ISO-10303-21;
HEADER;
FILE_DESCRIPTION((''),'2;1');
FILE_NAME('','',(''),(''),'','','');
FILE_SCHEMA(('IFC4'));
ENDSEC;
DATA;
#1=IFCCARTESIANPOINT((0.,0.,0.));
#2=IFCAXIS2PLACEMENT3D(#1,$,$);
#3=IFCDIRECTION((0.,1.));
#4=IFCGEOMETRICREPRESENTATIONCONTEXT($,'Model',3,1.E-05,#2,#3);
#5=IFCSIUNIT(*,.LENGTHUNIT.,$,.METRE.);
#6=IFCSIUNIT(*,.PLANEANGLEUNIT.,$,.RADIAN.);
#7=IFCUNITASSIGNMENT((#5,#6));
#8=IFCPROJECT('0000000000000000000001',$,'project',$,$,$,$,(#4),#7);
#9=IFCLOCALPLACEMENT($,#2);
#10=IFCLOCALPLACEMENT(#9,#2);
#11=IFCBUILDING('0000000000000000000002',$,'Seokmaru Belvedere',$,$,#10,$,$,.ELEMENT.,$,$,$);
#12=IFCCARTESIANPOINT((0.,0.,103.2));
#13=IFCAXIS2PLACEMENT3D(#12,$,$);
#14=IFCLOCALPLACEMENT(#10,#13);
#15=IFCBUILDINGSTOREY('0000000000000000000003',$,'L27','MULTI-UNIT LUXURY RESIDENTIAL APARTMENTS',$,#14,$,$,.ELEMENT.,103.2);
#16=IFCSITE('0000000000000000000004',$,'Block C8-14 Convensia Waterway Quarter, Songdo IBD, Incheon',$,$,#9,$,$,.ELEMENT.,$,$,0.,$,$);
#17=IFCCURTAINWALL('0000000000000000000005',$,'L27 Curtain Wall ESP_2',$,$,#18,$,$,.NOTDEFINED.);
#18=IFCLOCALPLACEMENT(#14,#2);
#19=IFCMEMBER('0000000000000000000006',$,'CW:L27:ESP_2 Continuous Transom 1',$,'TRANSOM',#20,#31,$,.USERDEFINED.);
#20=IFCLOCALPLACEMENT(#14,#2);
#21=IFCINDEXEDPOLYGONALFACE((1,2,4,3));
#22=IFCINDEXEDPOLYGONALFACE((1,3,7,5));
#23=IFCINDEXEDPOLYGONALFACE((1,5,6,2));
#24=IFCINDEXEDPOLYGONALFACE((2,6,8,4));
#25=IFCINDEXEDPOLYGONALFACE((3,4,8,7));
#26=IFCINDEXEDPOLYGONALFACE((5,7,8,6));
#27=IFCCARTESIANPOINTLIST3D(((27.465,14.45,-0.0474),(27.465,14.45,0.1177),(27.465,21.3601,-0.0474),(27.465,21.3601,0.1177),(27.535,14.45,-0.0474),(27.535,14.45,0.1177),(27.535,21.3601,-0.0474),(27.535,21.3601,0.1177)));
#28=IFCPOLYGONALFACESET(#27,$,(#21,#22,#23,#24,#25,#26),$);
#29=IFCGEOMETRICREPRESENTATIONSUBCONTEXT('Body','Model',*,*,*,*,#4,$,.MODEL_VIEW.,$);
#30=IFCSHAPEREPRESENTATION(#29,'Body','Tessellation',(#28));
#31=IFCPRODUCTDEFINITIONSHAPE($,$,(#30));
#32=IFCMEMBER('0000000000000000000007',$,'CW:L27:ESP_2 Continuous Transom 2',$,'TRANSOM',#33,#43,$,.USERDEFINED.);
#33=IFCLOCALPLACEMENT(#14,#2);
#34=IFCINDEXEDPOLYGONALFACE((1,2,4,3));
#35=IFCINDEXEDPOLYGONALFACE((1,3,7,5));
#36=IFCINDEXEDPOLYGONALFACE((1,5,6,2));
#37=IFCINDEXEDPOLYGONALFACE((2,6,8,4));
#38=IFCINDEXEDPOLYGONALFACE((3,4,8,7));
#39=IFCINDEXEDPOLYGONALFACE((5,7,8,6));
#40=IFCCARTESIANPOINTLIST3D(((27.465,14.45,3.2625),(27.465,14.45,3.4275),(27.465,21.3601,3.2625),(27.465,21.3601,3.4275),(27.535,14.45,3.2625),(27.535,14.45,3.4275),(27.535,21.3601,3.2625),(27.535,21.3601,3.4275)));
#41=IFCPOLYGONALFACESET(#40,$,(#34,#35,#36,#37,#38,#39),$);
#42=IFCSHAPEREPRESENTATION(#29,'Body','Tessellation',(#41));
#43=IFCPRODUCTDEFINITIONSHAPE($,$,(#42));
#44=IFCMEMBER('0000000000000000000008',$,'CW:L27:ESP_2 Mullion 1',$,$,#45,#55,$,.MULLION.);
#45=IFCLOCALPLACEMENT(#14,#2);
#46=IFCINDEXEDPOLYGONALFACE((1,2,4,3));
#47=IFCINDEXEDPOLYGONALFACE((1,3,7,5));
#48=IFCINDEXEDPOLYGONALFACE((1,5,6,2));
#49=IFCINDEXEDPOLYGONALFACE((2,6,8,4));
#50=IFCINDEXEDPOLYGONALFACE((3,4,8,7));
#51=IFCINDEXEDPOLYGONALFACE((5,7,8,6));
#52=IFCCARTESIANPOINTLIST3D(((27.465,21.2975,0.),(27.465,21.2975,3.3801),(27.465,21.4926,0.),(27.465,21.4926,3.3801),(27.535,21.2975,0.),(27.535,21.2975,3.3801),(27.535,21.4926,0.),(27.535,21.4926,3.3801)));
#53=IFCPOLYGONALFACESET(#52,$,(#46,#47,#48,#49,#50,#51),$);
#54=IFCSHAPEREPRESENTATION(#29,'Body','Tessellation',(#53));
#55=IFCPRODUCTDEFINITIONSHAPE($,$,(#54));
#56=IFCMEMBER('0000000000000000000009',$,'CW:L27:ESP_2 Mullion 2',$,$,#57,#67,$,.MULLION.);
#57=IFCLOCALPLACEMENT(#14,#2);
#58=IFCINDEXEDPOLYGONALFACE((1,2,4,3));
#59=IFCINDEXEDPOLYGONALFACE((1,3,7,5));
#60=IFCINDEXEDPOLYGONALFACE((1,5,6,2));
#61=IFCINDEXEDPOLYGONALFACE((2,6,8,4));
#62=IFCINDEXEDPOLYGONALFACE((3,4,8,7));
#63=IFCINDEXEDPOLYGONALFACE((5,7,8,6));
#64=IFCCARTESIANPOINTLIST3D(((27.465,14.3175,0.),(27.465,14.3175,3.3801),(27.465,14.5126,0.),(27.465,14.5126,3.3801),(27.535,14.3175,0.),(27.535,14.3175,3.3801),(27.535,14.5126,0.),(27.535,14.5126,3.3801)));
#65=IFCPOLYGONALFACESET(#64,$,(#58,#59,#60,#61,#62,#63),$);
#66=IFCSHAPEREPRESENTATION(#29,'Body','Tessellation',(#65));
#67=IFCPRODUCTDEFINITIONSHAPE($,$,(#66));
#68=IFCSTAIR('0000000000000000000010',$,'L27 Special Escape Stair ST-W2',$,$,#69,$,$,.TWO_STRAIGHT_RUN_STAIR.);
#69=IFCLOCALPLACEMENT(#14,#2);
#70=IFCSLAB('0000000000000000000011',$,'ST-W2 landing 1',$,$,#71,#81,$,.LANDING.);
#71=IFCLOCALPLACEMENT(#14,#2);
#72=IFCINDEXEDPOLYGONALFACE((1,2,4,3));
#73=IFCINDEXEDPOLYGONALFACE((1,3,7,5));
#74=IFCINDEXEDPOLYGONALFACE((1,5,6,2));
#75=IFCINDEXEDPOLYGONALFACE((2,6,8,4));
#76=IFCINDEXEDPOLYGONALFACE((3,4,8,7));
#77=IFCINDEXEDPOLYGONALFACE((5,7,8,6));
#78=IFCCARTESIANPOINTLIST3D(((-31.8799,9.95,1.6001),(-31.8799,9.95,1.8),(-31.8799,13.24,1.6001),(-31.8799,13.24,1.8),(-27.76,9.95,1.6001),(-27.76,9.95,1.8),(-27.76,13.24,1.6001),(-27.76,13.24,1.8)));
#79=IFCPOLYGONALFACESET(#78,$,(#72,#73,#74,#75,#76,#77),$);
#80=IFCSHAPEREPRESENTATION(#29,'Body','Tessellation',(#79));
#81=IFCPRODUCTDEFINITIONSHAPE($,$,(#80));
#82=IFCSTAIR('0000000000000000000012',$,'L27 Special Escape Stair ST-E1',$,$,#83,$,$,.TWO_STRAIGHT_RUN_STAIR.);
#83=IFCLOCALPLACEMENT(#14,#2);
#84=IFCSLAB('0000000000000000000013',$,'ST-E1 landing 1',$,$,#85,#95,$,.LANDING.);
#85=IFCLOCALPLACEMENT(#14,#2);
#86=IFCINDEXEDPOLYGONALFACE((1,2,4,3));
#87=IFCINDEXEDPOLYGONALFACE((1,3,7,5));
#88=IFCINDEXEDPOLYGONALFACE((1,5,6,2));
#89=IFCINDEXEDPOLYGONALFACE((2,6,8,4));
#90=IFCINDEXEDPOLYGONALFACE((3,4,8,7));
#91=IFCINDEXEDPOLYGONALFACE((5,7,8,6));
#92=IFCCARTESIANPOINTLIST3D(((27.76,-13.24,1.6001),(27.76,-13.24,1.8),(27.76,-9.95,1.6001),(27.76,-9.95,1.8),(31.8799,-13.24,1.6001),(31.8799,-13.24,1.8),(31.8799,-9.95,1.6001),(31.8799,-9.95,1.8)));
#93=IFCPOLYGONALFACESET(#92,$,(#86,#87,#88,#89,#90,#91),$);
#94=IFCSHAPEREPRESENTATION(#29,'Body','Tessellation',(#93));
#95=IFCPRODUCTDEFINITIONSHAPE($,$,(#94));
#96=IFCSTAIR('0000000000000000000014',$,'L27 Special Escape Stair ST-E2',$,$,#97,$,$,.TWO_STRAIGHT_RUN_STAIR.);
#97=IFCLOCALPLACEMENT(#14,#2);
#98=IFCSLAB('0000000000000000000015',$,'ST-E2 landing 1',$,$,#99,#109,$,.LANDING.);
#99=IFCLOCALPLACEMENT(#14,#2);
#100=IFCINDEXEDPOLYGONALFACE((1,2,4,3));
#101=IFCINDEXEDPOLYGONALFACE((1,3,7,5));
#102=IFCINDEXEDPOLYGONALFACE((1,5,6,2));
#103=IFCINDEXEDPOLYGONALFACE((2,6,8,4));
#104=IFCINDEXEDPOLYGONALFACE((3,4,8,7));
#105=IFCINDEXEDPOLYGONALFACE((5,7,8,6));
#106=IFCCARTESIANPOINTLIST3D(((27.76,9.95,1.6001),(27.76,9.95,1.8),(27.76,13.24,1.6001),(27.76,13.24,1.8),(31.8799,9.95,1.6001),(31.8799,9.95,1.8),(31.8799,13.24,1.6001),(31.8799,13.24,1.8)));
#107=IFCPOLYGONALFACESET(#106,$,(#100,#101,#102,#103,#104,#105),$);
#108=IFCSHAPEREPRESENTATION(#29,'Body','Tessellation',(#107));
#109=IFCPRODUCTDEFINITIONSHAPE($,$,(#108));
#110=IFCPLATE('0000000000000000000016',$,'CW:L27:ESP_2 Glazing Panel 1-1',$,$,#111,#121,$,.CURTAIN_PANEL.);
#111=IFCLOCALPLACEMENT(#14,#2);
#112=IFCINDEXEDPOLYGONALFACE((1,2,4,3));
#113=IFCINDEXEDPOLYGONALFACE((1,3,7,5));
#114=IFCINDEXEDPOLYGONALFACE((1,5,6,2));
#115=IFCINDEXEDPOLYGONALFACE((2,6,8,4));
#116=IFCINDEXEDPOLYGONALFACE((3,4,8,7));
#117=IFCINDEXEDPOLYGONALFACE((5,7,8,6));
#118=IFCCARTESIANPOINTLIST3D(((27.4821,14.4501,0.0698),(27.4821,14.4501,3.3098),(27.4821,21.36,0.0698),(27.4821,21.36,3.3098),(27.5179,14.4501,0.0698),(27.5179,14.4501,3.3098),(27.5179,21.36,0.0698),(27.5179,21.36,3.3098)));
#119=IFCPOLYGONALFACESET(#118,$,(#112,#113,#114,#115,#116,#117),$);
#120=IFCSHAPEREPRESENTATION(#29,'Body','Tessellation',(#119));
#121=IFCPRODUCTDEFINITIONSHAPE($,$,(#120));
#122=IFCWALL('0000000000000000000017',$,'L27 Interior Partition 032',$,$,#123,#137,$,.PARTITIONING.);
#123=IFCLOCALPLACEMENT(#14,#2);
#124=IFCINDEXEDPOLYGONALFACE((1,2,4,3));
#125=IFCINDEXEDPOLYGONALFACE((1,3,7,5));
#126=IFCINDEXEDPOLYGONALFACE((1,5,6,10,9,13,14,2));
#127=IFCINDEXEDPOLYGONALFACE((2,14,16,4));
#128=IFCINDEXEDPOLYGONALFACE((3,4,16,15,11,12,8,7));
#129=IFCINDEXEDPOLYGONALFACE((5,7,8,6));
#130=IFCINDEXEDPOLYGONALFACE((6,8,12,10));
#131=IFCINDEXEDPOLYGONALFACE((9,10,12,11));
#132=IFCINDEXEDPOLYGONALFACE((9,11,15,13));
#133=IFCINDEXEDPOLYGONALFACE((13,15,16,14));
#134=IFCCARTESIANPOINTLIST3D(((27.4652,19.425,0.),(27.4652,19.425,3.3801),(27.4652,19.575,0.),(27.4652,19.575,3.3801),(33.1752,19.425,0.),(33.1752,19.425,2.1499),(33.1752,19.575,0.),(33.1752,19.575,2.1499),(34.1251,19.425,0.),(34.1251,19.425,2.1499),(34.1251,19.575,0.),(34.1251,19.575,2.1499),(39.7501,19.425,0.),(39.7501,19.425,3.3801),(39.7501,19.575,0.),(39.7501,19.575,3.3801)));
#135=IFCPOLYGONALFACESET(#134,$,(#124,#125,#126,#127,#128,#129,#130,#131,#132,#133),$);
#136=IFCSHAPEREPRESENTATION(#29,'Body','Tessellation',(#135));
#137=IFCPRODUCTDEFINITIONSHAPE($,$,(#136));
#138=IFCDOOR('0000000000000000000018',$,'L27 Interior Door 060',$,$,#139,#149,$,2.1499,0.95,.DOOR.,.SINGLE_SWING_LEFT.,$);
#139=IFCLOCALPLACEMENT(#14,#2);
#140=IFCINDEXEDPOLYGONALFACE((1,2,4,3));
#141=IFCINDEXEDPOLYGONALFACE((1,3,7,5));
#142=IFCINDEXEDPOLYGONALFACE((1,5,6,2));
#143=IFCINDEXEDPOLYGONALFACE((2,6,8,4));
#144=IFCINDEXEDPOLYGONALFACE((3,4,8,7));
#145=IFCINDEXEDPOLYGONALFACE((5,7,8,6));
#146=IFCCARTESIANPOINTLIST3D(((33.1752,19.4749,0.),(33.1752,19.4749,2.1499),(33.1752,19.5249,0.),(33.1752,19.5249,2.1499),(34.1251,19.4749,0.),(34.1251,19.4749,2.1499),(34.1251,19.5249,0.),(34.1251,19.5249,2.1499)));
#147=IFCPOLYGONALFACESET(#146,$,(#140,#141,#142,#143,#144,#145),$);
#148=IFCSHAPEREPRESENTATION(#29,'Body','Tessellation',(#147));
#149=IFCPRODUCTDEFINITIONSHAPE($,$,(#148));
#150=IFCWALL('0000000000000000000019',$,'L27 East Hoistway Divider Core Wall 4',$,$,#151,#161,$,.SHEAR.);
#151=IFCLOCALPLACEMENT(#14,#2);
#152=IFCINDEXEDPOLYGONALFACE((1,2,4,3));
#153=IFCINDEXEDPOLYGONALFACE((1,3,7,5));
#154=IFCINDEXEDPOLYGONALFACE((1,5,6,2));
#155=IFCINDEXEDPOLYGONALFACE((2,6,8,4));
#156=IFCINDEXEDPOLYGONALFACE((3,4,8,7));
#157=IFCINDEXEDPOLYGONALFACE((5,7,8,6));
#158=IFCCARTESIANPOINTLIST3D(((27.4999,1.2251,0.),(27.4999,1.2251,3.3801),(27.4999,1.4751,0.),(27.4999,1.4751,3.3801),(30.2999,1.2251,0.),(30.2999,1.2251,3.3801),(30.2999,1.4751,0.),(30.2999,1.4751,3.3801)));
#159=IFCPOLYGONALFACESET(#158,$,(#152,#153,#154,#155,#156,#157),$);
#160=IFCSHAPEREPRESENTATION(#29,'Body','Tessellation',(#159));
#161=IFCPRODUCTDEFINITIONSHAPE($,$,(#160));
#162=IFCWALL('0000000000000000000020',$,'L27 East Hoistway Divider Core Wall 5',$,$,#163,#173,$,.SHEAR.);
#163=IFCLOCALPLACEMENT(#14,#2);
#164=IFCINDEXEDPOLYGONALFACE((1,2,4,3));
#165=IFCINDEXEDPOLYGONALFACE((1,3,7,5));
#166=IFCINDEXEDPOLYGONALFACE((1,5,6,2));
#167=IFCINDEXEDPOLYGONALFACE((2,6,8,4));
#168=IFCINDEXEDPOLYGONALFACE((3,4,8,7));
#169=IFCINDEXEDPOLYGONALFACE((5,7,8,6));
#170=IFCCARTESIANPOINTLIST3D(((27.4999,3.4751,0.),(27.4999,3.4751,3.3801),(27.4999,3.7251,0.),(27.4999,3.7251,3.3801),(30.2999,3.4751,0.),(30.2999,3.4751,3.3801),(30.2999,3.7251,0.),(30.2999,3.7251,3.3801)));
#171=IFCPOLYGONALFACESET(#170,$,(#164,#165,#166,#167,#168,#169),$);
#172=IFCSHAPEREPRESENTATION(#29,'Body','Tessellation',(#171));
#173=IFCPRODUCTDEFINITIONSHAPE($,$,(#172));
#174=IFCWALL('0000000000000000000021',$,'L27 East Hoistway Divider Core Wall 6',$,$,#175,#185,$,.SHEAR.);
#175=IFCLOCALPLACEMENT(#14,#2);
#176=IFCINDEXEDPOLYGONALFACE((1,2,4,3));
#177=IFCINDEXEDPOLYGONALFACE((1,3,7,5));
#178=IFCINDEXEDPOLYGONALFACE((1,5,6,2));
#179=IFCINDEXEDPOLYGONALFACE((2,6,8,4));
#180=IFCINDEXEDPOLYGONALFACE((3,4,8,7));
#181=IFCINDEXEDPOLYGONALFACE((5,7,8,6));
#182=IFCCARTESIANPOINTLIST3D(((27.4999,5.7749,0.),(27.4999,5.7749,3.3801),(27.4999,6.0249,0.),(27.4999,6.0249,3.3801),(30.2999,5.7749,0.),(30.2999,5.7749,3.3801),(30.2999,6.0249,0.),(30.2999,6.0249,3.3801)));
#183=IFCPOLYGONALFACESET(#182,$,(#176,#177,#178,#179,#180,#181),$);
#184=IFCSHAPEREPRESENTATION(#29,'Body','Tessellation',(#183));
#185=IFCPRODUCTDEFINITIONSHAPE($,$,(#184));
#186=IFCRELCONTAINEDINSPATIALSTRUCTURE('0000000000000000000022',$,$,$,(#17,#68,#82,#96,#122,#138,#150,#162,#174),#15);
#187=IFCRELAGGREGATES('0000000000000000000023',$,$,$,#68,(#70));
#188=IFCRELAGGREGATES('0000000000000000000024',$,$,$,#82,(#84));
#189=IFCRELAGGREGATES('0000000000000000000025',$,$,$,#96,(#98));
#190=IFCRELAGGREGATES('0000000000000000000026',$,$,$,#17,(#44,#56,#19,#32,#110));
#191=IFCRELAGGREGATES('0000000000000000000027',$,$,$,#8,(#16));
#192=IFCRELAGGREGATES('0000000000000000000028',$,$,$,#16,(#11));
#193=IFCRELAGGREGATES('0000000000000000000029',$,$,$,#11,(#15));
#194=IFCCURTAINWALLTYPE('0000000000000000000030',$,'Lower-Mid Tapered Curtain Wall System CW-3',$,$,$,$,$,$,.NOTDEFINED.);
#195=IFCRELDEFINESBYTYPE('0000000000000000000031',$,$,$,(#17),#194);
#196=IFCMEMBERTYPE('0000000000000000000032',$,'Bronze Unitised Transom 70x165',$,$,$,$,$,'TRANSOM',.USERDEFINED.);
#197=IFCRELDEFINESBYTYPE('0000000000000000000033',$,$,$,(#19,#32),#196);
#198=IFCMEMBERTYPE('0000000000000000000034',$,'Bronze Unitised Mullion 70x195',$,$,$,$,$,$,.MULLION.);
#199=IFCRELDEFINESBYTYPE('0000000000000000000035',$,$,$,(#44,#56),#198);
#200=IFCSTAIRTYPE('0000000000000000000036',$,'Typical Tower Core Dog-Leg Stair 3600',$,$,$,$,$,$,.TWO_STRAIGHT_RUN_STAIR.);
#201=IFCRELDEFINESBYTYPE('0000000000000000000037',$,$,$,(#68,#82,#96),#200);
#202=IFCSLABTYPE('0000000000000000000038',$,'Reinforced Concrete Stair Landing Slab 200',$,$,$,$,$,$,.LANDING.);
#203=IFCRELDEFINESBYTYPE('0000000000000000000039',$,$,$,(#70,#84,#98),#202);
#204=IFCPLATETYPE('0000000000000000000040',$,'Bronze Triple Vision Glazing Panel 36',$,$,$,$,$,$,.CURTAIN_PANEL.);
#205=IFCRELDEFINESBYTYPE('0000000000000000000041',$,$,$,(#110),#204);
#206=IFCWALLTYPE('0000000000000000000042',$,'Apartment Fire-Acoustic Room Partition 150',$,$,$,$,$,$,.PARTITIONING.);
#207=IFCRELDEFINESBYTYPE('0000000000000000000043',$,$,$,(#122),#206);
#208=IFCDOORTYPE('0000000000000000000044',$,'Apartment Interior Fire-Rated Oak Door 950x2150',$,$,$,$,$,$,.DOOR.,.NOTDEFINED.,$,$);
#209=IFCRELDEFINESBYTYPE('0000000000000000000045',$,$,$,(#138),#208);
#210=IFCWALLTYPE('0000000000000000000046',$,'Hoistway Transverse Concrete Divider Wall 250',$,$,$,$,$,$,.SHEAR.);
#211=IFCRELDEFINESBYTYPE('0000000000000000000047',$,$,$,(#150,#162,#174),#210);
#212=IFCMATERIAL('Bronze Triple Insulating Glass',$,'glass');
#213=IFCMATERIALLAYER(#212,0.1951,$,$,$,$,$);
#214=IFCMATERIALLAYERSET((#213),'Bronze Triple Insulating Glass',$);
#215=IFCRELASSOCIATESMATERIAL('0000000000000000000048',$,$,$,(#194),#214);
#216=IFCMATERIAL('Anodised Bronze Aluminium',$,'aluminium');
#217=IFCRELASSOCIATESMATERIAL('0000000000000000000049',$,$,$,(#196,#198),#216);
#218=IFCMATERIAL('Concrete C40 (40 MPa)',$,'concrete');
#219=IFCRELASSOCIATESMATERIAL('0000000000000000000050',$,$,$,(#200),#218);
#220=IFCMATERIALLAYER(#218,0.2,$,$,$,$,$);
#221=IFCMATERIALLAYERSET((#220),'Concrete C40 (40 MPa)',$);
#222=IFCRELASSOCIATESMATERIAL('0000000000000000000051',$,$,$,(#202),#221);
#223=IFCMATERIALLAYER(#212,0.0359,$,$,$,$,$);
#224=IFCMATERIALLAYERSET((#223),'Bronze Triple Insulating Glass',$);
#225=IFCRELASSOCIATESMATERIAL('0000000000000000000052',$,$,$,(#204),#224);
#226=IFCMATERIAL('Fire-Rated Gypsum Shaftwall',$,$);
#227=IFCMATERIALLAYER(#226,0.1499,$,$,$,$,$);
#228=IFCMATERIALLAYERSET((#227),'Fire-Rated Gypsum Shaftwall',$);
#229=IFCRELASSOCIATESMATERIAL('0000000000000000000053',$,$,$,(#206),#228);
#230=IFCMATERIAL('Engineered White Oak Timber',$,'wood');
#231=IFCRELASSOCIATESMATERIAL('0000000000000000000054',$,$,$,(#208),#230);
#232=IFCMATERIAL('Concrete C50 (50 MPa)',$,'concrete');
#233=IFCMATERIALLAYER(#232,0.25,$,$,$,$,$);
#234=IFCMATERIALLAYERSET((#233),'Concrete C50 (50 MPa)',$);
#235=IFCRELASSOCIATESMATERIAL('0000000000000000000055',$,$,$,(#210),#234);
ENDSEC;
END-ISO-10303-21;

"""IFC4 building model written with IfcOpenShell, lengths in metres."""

from ifc_helpers import new_model, si_unit, direction, frame, frame_2d, origin, origin_2d, place, context, subcontext, project, spatial, polyline, rectangle, outline, extrude, source, transform, mapped, material, layer, layer_set, material_profile, profile_set, type_object, type_shapes, element, fill, aggregate, save


model = new_model("IFC4")

# Units and contexts
model_context = context("Model", 3, precision=1e-05, world=origin(), true_north=direction((0.0, 1.0)))
body_context = subcontext(model_context, "Body", "Model", "MODEL_VIEW")
ifc_project = project(units=[si_unit("LENGTHUNIT", "METRE"), si_unit("PLANEANGLEUNIT", "RADIAN")], contexts=[model_context])

# Site, building, storey
site_placement = place(None, origin())
site = spatial("IfcSite", under=ifc_project, at=site_placement, Name="Block C8-14 Convensia Waterway Quarter, Songdo IBD, Incheon", CompositionType="ELEMENT", RefElevation=0.0)
building_placement = place(site_placement, origin())
building = spatial("IfcBuilding", under=site, at=building_placement, Name="Seokmaru Belvedere", CompositionType="ELEMENT")
storey_placement = place(building_placement, frame((0.0, 0.0, 103.2)))
storey = spatial("IfcBuildingStorey", under=building, at=storey_placement, Name="L27", Description="MULTI-UNIT LUXURY RESIDENTIAL APARTMENTS", CompositionType="ELEMENT", Elevation=103.2)

# Curtain wall, members
ifc_material_1 = material(Name="Bronze Triple Insulating Glass", Category="glass")
ifc_layer_1 = layer(ifc_material_1, 0.1951)
ifc_layer_set_1 = layer_set([ifc_layer_1], Name="Bronze Triple Insulating Glass")
curtain_wall_type = type_object("IfcCurtainWallType", Name="Lower-Mid Tapered Curtain Wall System CW-3", PredefinedType="NOTDEFINED", material=ifc_layer_set_1)
curtain_wall_placement = place(storey_placement, origin())
curtain_wall = element("IfcCurtainWall", 1, at=curtain_wall_placement, inside=storey, type_object=curtain_wall_type, Name="L27 Curtain Wall ESP_2", PredefinedType="NOTDEFINED")
ifc_material_2 = material(Name="Anodised Bronze Aluminium", Category="aluminium")
ifc_material_profile_1 = material_profile(ifc_material_2, rectangle(XDim=0.0701, YDim=0.165, at=origin_2d()), Name="CW-T-70x165")
ifc_profile_set_1 = profile_set([ifc_material_profile_1], Name="Anodised Bronze Aluminium")
member_type_1 = type_object("IfcMemberType", Name="Bronze Unitised Transom 70x165", ElementType="TRANSOM", PredefinedType="USERDEFINED", material=ifc_profile_set_1)
shared_shape_1 = source(origin(), body_context, "Body", "SweptSolid", [
    extrude(rectangle(XDim=0.0701, YDim=0.165, at=origin_2d()), origin(), (0.0, 0.0, 1.0), 6.9102),
])
type_shapes(member_type_1, [shared_shape_1])
member_1_placement = place(storey_placement, frame((27.5, 21.3601, 0.0352), z_axis=(0.0, -1.0, 0.0), x_axis=(1.0, 0.0, 0.0)))
member_1 = element("IfcMember", 2, at=member_1_placement, type_object=member_type_1, Name="CW:L27:ESP_2 Continuous Transom 1", ObjectType="TRANSOM", PredefinedType="USERDEFINED", context=body_context, shape_type="MappedRepresentation", body=[
    mapped(shared_shape_1, transform((0.0, 0.0, 0.0), scale=1.0)),
])
member_2_placement = place(storey_placement, frame((27.5, 21.3601, 3.345), z_axis=(0.0, -1.0, 0.0), x_axis=(1.0, 0.0, 0.0)))
member_2 = element("IfcMember", 3, at=member_2_placement, type_object=member_type_1, Name="CW:L27:ESP_2 Continuous Transom 2", ObjectType="TRANSOM", PredefinedType="USERDEFINED", context=body_context, shape_type="MappedRepresentation", body=[
    mapped(shared_shape_1, transform((0.0, 0.0, 0.0), scale=1.0)),
])
ifc_material_profile_2 = material_profile(ifc_material_2, rectangle(XDim=0.0701, YDim=0.1951, at=origin_2d()), Name="CW-M-70x195")
ifc_profile_set_2 = profile_set([ifc_material_profile_2], Name="Anodised Bronze Aluminium")
member_type_2 = type_object("IfcMemberType", Name="Bronze Unitised Mullion 70x195", PredefinedType="MULLION", material=ifc_profile_set_2)
shared_shape_2 = source(origin(), body_context, "Body", "SweptSolid", [
    extrude(rectangle(XDim=0.0701, YDim=0.1951, at=origin_2d()), origin(), (0.0, 0.0, 1.0), 3.3801),
])
type_shapes(member_type_2, [shared_shape_2])
member_3_placement = place(storey_placement, frame((27.5, 21.395, 0.0), z_axis=(0.0, 0.0, 1.0), x_axis=(1.0, 0.0, 0.0)))
member_3 = element("IfcMember", 4, at=member_3_placement, type_object=member_type_2, Name="CW:L27:ESP_2 Mullion 1", PredefinedType="MULLION", context=body_context, shape_type="MappedRepresentation", body=[
    mapped(shared_shape_2, transform((0.0, 0.0, 0.0), scale=1.0)),
])
member_4_placement = place(storey_placement, frame((27.5, 14.415, 0.0), z_axis=(0.0, 0.0, 1.0), x_axis=(1.0, 0.0, 0.0)))
member_4 = element("IfcMember", 5, at=member_4_placement, type_object=member_type_2, Name="CW:L27:ESP_2 Mullion 2", PredefinedType="MULLION", context=body_context, shape_type="MappedRepresentation", body=[
    mapped(shared_shape_2, transform((0.0, 0.0, 0.0), scale=1.0)),
])

# Stairs, slabs
ifc_material_3 = material(Name="Concrete C40 (40 MPa)", Category="concrete")
stair_type = type_object("IfcStairType", Name="Typical Tower Core Dog-Leg Stair 3600", PredefinedType="TWO_STRAIGHT_RUN_STAIR", material=ifc_material_3)
stair_1_placement = place(storey_placement, origin())
stair_1 = element("IfcStair", 6, at=stair_1_placement, inside=storey, type_object=stair_type, Name="L27 Special Escape Stair ST-W2", PredefinedType="TWO_STRAIGHT_RUN_STAIR")
ifc_layer_2 = layer(ifc_material_3, 0.2)
ifc_layer_set_2 = layer_set([ifc_layer_2], Name="Concrete C40 (40 MPa)")
slab_type = type_object("IfcSlabType", Name="Reinforced Concrete Stair Landing Slab 200", PredefinedType="LANDING", material=ifc_layer_set_2)
slab_1_placement = place(storey_placement, frame((0.0, 0.0, 1.6001)))
slab_1 = element("IfcSlab", 7, at=slab_1_placement, type_object=slab_type, Name="ST-W2 landing 1", PredefinedType="LANDING", context=body_context, shape_type="SweptSolid", body=[
    extrude(outline(polyline([(-31.8799, 9.95), (-27.76, 9.95), (-27.76, 13.24), (-31.8799, 13.24), (-31.8799, 9.95)])), origin(), (0.0, 0.0, 1.0), 0.2),
])
aggregate(stair_1, [slab_1])
stair_2_placement = place(storey_placement, origin())
stair_2 = element("IfcStair", 8, at=stair_2_placement, inside=storey, type_object=stair_type, Name="L27 Special Escape Stair ST-E1", PredefinedType="TWO_STRAIGHT_RUN_STAIR")
slab_2_placement = place(storey_placement, frame((0.0, 0.0, 1.6001)))
slab_2 = element("IfcSlab", 9, at=slab_2_placement, type_object=slab_type, Name="ST-E1 landing 1", PredefinedType="LANDING", context=body_context, shape_type="SweptSolid", body=[
    extrude(outline(polyline([(27.76, -13.24), (31.8799, -13.24), (31.8799, -9.95), (27.76, -9.95), (27.76, -13.24)])), origin(), (0.0, 0.0, 1.0), 0.2),
])
aggregate(stair_2, [slab_2])
stair_3_placement = place(storey_placement, origin())
stair_3 = element("IfcStair", 10, at=stair_3_placement, inside=storey, type_object=stair_type, Name="L27 Special Escape Stair ST-E2", PredefinedType="TWO_STRAIGHT_RUN_STAIR")
slab_3_placement = place(storey_placement, frame((0.0, 0.0, 1.6001)))
slab_3 = element("IfcSlab", 11, at=slab_3_placement, type_object=slab_type, Name="ST-E2 landing 1", PredefinedType="LANDING", context=body_context, shape_type="SweptSolid", body=[
    extrude(outline(polyline([(27.76, 9.95), (31.8799, 9.95), (31.8799, 13.24), (27.76, 13.24), (27.76, 9.95)])), origin(), (0.0, 0.0, 1.0), 0.2),
])
aggregate(stair_3, [slab_3])

# Plate
ifc_layer_3 = layer(ifc_material_1, 0.0359)
ifc_layer_set_3 = layer_set([ifc_layer_3], Name="Bronze Triple Insulating Glass")
plate_type = type_object("IfcPlateType", Name="Bronze Triple Vision Glazing Panel 36", PredefinedType="CURTAIN_PANEL", material=ifc_layer_set_3)
shared_shape_3 = source(origin(), body_context, "Body", "SweptSolid", [
    extrude(rectangle(XDim=6.9099, YDim=0.0359, at=origin_2d()), origin(), (0.0, 0.0, 1.0), 3.24),
])
type_shapes(plate_type, [shared_shape_3])
plate_placement = place(storey_placement, frame((27.5, 17.905, 0.0698), z_axis=(0.0, 0.0, 1.0), x_axis=(0.0, -1.0, 0.0)))
plate = element("IfcPlate", 12, at=plate_placement, type_object=plate_type, Name="CW:L27:ESP_2 Glazing Panel 1-1", PredefinedType="CURTAIN_PANEL", context=body_context, shape_type="MappedRepresentation", body=[
    mapped(shared_shape_3, transform((0.0, 0.0, 0.0), scale=1.0)),
])
aggregate(curtain_wall, [member_3, member_4, member_1, member_2, plate])

# Wall, opening, door
ifc_material_4 = material(Name="Fire-Rated Gypsum Shaftwall")
ifc_layer_4 = layer(ifc_material_4, 0.1499)
ifc_layer_set_4 = layer_set([ifc_layer_4], Name="Fire-Rated Gypsum Shaftwall")
wall_type_1 = type_object("IfcWallType", Name="Apartment Fire-Acoustic Room Partition 150", PredefinedType="PARTITIONING", material=ifc_layer_set_4)
wall_1_placement = place(storey_placement, frame((27.4651, 19.5, 0.0), z_axis=(0.0, 0.0, 1.0), x_axis=(1.0, 0.0, 0.0)))
wall_1 = element("IfcWall", 13, at=wall_1_placement, inside=storey, type_object=wall_type_1, Name="L27 Interior Partition 032", PredefinedType="PARTITIONING", context=body_context, shape_type="SweptSolid", body=[
    extrude(rectangle(XDim=12.2849, YDim=0.1499, at=frame_2d((6.1426, 0.0))), origin(), (0.0, 0.0, 1.0), 3.3801),
])
opening_1_placement = place(wall_1_placement, frame((5.71, 0.0, 0.0)))
opening_1 = element("IfcOpeningElement", 14, at=opening_1_placement, cuts=wall_1, PredefinedType="OPENING", context=body_context, shape_type="SweptSolid", body=[
    extrude(rectangle(XDim=0.95, YDim=2.1499, at=frame_2d((0.4751, 1.075))), frame((0.0, 0.085, 0.0), z_axis=(0.0, -1.0, 0.0), x_axis=(1.0, 0.0, 0.0)), (0.0, 0.0, 1.0), 0.1699),
])
ifc_material_5 = material(Name="Engineered White Oak Timber", Category="wood")
door_type_1 = type_object("IfcDoorType", Name="Apartment Interior Fire-Rated Oak Door 950x2150", OperationType="NOTDEFINED", PredefinedType="DOOR", material=ifc_material_5)
shared_shape_4 = source(origin(), body_context, "Body", "SweptSolid", [
    extrude(rectangle(XDim=0.95, YDim=2.1499, at=frame_2d((0.4751, 1.075))), frame((0.0, 0.0249, 0.0), z_axis=(0.0, -1.0, 0.0), x_axis=(1.0, 0.0, 0.0)), (0.0, 0.0, 1.0), 0.05),
])
type_shapes(door_type_1, [shared_shape_4])
door_1_placement = place(opening_1_placement, origin())
door_1 = element("IfcDoor", 15, at=door_1_placement, inside=storey, type_object=door_type_1, Name="L27 Interior Door 060", OperationType="SINGLE_SWING_LEFT", OverallHeight=2.1499, OverallWidth=0.95, PredefinedType="DOOR", context=body_context, shape_type="MappedRepresentation", body=[
    mapped(shared_shape_4, transform((0.0, 0.0, 0.0), scale=1.0)),
])
fill(opening_1, door_1)

# Walls
ifc_material_6 = material(Name="Concrete C50 (50 MPa)", Category="concrete")
ifc_layer_5 = layer(ifc_material_6, 0.25)
ifc_layer_set_5 = layer_set([ifc_layer_5], Name="Concrete C50 (50 MPa)")
wall_type_2 = type_object("IfcWallType", Name="Hoistway Transverse Concrete Divider Wall 250", PredefinedType="SHEAR", material=ifc_layer_set_5)
for number, where, z_axis, x_axis, name in (
    (16, (27.5, 1.3501, 0.0), (0.0, 0.0, 1.0), (1.0, 0.0, 0.0), "L27 East Hoistway Divider Core Wall 4"),
    (17, (27.5, 3.6001, 0.0), (0.0, 0.0, 1.0), (1.0, 0.0, 0.0), "L27 East Hoistway Divider Core Wall 5"),
    (18, (27.5, 5.8999, 0.0), (0.0, 0.0, 1.0), (1.0, 0.0, 0.0), "L27 East Hoistway Divider Core Wall 6"),
):
    element("IfcWall", number, at=place(storey_placement, frame(where, z_axis=z_axis, x_axis=x_axis)), inside=storey, type_object=wall_type_2, Name=name, PredefinedType="SHEAR", context=body_context, shape_type="SweptSolid", body=[
        extrude(rectangle(XDim=2.8, YDim=0.25, at=frame_2d((1.3999, 0.0))), origin(), (0.0, 0.0, 1.0), 3.3801),
    ])

save(model, "model.ifc")
